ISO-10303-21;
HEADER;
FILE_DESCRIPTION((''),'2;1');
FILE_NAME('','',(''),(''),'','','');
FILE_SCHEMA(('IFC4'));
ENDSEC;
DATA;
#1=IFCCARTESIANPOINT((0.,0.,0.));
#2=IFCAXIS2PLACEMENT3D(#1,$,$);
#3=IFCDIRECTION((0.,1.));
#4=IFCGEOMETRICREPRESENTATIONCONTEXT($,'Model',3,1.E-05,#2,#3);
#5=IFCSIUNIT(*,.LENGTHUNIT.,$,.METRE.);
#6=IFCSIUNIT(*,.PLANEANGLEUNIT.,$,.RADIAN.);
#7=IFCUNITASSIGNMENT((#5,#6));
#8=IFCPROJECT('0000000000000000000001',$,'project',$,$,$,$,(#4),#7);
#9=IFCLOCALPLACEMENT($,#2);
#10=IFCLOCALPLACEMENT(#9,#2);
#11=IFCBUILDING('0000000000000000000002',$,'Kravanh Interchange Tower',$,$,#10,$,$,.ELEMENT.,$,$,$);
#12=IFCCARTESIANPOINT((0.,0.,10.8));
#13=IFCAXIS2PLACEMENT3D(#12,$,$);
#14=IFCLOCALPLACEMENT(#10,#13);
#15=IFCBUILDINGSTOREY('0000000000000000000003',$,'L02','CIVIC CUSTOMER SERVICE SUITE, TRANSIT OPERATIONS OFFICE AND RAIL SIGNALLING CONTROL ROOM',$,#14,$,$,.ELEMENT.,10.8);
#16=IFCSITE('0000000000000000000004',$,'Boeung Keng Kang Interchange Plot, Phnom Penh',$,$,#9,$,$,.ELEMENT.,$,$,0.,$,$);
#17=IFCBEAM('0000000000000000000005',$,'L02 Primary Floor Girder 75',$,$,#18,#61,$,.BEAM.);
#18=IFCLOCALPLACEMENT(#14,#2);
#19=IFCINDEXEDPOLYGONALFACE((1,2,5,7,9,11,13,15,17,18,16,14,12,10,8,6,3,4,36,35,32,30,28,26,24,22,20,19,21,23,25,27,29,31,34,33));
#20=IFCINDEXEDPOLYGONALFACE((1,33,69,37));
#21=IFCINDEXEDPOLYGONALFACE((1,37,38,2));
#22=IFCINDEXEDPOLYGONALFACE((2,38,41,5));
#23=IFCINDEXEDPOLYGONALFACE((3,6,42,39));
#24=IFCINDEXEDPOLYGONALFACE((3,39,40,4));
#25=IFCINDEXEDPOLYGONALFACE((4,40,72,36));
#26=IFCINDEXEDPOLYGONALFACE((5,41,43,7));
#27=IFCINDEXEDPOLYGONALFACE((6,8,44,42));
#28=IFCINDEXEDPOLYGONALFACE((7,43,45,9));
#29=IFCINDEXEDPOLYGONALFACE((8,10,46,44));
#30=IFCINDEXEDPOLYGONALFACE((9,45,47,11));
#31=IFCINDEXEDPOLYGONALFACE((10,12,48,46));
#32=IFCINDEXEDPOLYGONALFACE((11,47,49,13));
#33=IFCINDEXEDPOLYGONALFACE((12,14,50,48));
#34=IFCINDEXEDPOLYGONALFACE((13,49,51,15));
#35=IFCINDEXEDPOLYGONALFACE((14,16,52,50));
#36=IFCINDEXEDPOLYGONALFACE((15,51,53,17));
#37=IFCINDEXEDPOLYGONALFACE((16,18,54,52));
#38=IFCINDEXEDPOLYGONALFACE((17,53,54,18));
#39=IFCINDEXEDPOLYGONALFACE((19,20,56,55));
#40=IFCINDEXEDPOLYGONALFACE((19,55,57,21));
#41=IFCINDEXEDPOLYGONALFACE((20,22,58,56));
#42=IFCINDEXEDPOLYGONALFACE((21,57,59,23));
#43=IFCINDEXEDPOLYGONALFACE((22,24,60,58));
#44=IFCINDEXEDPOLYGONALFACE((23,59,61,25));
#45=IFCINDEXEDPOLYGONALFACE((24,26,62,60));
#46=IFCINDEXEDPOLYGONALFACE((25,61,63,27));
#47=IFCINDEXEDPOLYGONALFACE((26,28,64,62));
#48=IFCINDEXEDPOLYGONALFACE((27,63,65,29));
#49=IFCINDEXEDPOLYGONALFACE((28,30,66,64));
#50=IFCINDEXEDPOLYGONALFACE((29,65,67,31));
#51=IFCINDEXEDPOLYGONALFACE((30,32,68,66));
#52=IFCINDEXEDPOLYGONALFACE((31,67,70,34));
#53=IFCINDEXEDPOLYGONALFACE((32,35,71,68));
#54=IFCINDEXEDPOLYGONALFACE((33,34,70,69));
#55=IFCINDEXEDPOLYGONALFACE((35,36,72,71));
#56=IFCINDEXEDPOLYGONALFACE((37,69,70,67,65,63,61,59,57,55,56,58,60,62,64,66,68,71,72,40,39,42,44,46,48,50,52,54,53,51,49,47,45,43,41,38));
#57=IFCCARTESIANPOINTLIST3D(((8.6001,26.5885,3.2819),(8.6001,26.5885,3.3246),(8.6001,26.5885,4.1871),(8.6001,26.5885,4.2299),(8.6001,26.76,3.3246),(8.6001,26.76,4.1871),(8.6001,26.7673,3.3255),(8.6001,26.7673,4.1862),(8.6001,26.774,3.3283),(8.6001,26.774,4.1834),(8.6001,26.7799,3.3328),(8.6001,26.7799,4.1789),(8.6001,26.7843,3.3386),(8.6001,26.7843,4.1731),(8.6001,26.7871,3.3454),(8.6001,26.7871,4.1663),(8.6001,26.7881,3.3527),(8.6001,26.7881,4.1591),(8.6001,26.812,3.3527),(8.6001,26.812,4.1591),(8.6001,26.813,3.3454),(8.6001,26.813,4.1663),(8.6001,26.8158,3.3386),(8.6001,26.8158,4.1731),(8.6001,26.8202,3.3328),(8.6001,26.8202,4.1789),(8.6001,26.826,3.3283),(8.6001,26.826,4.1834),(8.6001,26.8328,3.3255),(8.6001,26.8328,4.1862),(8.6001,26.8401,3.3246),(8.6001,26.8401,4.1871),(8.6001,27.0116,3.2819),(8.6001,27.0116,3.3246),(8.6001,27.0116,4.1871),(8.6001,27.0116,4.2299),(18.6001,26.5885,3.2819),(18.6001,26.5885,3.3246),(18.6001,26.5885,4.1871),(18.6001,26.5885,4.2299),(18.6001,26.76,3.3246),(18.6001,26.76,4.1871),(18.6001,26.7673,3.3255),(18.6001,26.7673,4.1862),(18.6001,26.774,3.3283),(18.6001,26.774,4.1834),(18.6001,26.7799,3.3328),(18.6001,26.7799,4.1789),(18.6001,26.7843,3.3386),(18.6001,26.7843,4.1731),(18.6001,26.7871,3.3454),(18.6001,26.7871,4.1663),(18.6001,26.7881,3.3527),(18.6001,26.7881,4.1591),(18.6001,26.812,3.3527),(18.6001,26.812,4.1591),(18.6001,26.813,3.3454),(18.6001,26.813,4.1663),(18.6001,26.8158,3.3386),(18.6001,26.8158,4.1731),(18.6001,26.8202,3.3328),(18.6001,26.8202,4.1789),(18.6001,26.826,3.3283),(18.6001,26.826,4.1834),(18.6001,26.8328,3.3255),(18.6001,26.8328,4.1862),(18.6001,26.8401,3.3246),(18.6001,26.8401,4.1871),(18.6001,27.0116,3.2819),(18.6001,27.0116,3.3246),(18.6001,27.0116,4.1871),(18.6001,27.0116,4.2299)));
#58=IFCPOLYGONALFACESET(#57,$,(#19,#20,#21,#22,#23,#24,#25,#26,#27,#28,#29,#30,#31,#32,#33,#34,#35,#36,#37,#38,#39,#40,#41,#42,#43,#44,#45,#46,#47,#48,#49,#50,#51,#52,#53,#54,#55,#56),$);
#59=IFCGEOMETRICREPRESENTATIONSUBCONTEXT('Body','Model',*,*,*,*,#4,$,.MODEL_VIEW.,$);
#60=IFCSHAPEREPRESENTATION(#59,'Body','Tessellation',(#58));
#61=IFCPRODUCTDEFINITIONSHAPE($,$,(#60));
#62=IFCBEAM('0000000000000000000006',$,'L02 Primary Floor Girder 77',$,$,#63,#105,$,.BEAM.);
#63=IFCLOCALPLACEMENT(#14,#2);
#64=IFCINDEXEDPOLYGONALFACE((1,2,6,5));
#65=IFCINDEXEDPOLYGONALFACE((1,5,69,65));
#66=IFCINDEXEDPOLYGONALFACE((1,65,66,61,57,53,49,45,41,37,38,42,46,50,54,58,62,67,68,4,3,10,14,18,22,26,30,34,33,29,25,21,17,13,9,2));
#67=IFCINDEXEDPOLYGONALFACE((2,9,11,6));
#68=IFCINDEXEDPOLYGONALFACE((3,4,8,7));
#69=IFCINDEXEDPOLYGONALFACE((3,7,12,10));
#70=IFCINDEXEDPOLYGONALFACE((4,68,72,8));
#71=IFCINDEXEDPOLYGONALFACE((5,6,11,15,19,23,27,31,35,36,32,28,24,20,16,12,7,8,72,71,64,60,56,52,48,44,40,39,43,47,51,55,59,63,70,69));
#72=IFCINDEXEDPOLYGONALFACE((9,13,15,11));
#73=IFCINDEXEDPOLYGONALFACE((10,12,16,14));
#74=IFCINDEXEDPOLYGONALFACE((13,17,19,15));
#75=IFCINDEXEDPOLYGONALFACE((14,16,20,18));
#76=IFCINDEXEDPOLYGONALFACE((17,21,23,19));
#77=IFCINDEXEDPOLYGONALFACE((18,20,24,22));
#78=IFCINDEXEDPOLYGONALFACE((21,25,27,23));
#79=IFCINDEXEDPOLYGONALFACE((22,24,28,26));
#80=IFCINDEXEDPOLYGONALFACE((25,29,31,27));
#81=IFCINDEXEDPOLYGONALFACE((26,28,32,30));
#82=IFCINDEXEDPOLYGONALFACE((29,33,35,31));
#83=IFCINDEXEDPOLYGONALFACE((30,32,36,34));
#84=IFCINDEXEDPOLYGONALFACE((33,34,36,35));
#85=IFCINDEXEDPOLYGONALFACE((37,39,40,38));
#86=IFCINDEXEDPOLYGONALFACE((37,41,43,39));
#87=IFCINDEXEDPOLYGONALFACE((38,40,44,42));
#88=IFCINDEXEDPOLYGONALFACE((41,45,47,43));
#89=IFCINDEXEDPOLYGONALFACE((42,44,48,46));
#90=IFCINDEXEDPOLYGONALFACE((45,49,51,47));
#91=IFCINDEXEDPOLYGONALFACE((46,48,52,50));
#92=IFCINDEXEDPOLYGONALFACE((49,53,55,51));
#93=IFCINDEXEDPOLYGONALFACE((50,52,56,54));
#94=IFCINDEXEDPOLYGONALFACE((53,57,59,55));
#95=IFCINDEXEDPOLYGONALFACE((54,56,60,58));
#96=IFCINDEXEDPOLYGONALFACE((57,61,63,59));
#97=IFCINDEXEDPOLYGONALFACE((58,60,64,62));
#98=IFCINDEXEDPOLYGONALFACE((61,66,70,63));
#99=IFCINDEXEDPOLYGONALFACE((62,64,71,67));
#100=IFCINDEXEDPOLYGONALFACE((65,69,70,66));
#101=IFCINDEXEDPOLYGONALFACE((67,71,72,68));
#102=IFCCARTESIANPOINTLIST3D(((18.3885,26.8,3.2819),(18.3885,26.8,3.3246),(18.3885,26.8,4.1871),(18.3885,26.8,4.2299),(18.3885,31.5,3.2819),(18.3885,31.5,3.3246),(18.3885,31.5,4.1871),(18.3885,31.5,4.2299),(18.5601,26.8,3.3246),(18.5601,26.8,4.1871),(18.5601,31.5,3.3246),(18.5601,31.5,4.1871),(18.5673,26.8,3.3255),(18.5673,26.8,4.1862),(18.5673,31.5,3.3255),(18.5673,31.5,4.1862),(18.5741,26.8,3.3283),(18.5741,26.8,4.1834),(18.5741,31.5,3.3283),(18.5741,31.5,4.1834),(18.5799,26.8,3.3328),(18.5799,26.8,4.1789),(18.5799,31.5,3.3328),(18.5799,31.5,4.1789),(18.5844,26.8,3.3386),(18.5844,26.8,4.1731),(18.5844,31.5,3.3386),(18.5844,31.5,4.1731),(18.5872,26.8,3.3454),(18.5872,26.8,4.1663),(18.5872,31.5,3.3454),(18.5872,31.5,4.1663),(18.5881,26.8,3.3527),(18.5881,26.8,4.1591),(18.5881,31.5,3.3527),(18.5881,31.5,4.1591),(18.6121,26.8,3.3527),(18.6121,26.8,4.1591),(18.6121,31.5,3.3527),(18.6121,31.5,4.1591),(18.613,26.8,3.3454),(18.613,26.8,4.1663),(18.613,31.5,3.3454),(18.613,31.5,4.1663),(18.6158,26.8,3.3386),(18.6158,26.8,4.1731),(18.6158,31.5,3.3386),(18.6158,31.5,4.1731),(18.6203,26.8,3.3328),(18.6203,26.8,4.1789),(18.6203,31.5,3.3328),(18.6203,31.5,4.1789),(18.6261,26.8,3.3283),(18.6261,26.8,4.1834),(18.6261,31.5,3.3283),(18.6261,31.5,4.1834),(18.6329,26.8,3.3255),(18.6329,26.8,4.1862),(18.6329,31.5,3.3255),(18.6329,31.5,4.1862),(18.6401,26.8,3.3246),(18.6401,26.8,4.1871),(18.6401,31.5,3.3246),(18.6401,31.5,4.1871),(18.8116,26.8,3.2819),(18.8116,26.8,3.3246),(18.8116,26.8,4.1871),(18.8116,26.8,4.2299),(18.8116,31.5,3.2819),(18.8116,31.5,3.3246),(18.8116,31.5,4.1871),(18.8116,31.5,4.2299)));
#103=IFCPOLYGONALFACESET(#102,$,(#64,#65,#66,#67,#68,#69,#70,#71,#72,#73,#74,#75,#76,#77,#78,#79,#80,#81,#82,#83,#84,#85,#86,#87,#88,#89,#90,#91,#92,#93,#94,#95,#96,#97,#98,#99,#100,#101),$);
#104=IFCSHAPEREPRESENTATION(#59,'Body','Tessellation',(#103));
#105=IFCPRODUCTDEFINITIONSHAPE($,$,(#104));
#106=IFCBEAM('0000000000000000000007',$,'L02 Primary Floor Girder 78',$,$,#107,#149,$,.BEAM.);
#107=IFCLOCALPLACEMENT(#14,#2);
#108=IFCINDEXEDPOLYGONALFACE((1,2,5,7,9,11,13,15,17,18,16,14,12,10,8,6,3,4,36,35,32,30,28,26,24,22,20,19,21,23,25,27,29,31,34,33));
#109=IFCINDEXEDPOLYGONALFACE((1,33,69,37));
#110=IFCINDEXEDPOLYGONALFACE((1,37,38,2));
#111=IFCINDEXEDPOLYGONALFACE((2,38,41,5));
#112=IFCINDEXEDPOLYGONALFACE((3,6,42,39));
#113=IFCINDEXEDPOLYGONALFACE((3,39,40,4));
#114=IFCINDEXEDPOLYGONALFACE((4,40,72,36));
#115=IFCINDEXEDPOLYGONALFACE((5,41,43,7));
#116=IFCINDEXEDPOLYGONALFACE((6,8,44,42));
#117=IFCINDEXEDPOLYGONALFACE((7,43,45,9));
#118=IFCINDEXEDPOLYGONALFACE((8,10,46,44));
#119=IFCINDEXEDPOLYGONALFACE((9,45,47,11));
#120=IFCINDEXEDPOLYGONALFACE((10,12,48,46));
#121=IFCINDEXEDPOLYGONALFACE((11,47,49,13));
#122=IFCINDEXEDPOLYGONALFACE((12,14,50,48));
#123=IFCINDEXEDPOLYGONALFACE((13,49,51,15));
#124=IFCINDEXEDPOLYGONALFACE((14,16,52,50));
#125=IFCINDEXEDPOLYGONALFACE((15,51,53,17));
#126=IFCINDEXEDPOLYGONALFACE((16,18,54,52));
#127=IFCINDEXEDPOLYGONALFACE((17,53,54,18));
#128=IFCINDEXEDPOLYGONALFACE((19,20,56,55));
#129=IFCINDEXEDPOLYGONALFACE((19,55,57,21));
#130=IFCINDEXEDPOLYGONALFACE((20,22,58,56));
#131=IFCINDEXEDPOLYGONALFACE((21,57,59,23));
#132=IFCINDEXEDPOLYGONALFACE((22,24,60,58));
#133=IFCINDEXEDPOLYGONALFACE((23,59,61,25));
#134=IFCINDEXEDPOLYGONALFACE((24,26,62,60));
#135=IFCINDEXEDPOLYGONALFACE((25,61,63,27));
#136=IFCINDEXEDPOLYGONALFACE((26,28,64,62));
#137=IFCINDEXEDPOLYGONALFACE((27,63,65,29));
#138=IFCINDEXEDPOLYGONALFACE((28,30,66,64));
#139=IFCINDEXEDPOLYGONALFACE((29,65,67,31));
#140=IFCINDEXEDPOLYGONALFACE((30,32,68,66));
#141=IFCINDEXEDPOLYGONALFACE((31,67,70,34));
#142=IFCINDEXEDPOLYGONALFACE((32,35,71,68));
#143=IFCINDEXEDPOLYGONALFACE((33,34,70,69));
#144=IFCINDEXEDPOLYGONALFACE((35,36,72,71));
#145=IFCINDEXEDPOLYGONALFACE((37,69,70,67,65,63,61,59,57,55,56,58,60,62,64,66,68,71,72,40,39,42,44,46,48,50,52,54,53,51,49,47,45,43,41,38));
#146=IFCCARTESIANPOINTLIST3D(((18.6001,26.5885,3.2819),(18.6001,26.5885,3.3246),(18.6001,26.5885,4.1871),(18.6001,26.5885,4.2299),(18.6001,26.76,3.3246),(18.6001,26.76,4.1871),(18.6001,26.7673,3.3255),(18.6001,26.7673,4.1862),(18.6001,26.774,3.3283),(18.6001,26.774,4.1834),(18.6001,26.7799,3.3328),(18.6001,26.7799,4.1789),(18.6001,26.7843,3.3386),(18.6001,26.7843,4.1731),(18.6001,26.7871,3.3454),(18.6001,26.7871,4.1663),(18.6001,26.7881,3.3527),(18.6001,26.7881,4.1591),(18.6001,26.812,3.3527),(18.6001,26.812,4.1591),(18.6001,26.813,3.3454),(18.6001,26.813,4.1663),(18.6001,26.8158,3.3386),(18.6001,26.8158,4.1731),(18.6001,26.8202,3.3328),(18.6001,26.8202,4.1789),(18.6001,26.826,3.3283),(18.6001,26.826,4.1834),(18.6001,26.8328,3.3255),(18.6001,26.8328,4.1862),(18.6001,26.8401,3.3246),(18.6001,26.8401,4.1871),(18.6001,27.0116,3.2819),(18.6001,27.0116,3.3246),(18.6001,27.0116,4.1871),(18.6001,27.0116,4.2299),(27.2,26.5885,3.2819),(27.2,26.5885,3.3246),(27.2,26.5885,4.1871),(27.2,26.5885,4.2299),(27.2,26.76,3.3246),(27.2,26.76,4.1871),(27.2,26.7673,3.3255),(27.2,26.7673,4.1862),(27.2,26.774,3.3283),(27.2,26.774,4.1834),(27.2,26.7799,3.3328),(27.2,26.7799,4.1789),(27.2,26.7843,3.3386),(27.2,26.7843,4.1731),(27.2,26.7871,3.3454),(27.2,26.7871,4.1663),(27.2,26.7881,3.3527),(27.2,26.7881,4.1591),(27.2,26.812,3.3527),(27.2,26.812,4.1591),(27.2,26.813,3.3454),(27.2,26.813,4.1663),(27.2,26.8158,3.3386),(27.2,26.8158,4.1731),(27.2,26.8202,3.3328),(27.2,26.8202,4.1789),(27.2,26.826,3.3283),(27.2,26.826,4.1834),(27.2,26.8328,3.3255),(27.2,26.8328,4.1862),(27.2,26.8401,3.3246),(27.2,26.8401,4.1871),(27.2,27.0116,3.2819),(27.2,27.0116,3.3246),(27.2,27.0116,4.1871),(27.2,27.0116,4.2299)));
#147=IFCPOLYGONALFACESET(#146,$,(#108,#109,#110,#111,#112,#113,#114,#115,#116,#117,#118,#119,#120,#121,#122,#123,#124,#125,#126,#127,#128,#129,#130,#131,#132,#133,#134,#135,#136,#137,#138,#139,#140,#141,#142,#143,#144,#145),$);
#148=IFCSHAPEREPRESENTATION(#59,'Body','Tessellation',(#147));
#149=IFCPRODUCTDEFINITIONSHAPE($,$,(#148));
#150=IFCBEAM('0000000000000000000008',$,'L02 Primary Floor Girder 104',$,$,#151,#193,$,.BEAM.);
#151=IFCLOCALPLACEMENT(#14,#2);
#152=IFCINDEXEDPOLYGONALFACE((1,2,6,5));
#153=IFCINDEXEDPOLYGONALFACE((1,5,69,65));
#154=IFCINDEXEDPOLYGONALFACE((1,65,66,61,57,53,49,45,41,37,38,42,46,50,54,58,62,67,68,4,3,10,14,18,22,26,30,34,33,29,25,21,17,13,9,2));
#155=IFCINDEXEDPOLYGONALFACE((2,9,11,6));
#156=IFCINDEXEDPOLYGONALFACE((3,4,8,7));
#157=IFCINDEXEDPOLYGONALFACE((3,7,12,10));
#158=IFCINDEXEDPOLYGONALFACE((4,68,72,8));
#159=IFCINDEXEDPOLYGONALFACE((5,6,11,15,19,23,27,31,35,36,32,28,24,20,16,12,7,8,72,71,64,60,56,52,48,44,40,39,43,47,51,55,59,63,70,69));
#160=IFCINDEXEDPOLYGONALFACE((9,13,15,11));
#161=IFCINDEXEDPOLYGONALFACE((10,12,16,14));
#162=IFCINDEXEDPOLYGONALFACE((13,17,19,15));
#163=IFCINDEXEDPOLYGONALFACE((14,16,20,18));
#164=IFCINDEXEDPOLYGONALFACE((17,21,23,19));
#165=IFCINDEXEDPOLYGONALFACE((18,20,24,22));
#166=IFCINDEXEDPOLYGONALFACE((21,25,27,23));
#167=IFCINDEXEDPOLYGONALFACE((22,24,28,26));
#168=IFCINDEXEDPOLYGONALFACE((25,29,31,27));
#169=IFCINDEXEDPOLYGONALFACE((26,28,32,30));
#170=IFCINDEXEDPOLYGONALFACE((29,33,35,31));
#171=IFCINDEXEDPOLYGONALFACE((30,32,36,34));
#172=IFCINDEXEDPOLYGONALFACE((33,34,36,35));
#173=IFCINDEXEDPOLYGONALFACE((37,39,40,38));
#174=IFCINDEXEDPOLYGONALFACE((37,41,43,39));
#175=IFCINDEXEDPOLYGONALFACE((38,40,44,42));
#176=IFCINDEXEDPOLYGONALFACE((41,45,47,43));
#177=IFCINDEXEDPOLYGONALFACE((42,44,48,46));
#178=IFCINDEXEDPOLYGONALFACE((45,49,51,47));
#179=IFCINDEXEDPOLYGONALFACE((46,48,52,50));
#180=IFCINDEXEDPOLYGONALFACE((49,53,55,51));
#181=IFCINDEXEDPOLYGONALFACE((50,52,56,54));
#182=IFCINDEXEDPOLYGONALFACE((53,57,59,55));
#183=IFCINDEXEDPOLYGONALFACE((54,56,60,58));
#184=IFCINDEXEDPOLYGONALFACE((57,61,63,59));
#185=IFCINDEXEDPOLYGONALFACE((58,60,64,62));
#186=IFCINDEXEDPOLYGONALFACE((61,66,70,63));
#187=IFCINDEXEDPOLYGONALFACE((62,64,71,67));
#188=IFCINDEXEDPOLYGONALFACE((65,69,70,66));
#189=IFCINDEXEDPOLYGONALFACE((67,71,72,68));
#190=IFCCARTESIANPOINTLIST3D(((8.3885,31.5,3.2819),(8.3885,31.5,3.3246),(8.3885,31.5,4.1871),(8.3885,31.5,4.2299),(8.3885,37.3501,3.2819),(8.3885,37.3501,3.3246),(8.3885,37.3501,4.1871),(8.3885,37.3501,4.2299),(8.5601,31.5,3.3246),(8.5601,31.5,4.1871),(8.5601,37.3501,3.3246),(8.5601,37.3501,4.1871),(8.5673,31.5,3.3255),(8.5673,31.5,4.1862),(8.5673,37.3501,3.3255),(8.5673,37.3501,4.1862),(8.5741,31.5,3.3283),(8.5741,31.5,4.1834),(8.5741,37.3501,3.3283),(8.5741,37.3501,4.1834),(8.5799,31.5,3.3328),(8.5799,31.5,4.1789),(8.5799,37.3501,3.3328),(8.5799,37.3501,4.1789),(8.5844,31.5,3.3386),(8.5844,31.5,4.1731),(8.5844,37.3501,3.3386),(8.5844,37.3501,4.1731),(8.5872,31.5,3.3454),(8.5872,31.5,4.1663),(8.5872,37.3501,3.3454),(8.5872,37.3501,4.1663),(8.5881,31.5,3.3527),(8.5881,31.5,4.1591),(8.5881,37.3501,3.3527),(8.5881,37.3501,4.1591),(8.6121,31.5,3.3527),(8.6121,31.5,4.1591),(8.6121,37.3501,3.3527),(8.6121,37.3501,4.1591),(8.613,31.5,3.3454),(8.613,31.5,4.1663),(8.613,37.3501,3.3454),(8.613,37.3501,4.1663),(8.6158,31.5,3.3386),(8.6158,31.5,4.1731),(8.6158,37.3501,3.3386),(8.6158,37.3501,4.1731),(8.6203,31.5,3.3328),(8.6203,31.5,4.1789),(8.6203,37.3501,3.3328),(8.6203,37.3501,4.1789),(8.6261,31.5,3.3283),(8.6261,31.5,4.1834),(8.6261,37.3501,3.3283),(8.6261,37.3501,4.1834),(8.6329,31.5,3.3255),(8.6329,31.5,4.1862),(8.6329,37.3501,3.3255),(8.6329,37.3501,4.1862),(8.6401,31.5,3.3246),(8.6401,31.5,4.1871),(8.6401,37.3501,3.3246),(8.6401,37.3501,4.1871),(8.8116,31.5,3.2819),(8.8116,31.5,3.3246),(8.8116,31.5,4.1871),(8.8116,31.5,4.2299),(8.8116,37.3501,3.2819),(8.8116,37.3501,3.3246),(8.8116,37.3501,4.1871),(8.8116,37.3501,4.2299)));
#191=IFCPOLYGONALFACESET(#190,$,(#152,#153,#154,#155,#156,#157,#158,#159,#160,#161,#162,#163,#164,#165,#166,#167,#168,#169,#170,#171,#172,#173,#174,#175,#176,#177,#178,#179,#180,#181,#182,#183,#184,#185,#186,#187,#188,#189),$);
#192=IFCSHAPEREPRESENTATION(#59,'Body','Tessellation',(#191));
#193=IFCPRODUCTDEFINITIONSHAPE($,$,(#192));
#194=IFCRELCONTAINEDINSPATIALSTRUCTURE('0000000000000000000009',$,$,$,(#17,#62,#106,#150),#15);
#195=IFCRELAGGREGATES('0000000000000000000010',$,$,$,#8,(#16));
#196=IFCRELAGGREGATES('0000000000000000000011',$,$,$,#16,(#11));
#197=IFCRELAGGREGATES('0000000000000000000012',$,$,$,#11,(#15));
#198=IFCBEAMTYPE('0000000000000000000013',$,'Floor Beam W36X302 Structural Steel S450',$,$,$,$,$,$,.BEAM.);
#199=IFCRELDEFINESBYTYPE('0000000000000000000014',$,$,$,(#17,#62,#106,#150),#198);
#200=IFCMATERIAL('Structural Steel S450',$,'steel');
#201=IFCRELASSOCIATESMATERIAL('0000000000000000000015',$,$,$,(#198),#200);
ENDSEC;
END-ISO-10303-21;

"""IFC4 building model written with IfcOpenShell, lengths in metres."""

from ifc_helpers import new_model, si_unit, direction, frame, origin, origin_2d, place, context, subcontext, project, spatial, i_section, extrude, material, material_profile, profile_set, type_object, element, save


model = new_model("IFC4")

# Units and contexts
model_context = context("Model", 3, precision=1e-05, world=origin(), true_north=direction((0.0, 1.0)))
body_context = subcontext(model_context, "Body", "Model", "MODEL_VIEW")
ifc_project = project(units=[si_unit("LENGTHUNIT", "METRE"), si_unit("PLANEANGLEUNIT", "RADIAN")], contexts=[model_context])

# Site, building, storey
site_placement = place(None, origin())
site = spatial("IfcSite", under=ifc_project, at=site_placement, Name="Boeung Keng Kang Interchange Plot, Phnom Penh", CompositionType="ELEMENT", RefElevation=0.0)
building_placement = place(site_placement, origin())
building = spatial("IfcBuilding", under=site, at=building_placement, Name="Kravanh Interchange Tower", CompositionType="ELEMENT")
storey_placement = place(building_placement, frame((0.0, 0.0, 10.8)))
storey = spatial("IfcBuildingStorey", under=building, at=storey_placement, Name="L02", Description="CIVIC CUSTOMER SERVICE SUITE, TRANSIT OPERATIONS OFFICE AND RAIL SIGNALLING CONTROL ROOM", CompositionType="ELEMENT", Elevation=10.8)

# Beams
ifc_material_1 = material(Name="Structural Steel S450", Category="steel")
ifc_material_profile_1 = material_profile(ifc_material_1, i_section(OverallWidth=0.4231, OverallDepth=0.948, WebThickness=0.0239, FlangeThickness=0.0427, FilletRadius=0.0281, at=origin_2d()), Name="W36X302")
ifc_profile_set_1 = profile_set([ifc_material_profile_1], Name="Structural Steel S450")
beam_type_1 = type_object("IfcBeamType", Name="Floor Beam W36X302 Structural Steel S450", PredefinedType="BEAM", material=ifc_profile_set_1)
beam_1_placement = place(storey_placement, frame((8.6001, 26.8, 3.7559), z_axis=(1.0, 0.0, 0.0), x_axis=(0.0, 1.0, 0.0)))
element("IfcBeam", 1, at=beam_1_placement, inside=storey, type_object=beam_type_1, Name="L02 Primary Floor Girder 75", PredefinedType="BEAM", context=body_context, shape_type="SweptSolid", body=[
    extrude(i_section(OverallWidth=0.4231, OverallDepth=0.948, WebThickness=0.0239, FlangeThickness=0.0427, FilletRadius=0.0281, at=origin_2d()), origin(), (0.0, 0.0, 1.0), 10.0),
])
beam_2_placement = place(storey_placement, frame((18.6001, 26.8, 3.7559), z_axis=(0.0, 1.0, 0.0), x_axis=(-1.0, 0.0, 0.0)))
element("IfcBeam", 2, at=beam_2_placement, inside=storey, type_object=beam_type_1, Name="L02 Primary Floor Girder 77", PredefinedType="BEAM", context=body_context, shape_type="SweptSolid", body=[
    extrude(i_section(OverallWidth=0.4231, OverallDepth=0.948, WebThickness=0.0239, FlangeThickness=0.0427, FilletRadius=0.0281, at=origin_2d()), origin(), (0.0, 0.0, 1.0), 4.7),
])
beam_3_placement = place(storey_placement, frame((18.6001, 26.8, 3.7559), z_axis=(1.0, 0.0, 0.0), x_axis=(0.0, 1.0, 0.0)))
element("IfcBeam", 3, at=beam_3_placement, inside=storey, type_object=beam_type_1, Name="L02 Primary Floor Girder 78", PredefinedType="BEAM", context=body_context, shape_type="SweptSolid", body=[
    extrude(i_section(OverallWidth=0.4231, OverallDepth=0.948, WebThickness=0.0239, FlangeThickness=0.0427, FilletRadius=0.0281, at=origin_2d()), origin(), (0.0, 0.0, 1.0), 8.5999),
])
beam_4_placement = place(storey_placement, frame((8.6001, 31.5, 3.7559), z_axis=(0.0, 1.0, 0.0), x_axis=(-1.0, 0.0, 0.0)))
element("IfcBeam", 4, at=beam_4_placement, inside=storey, type_object=beam_type_1, Name="L02 Primary Floor Girder 104", PredefinedType="BEAM", context=body_context, shape_type="SweptSolid", body=[
    extrude(i_section(OverallWidth=0.4231, OverallDepth=0.948, WebThickness=0.0239, FlangeThickness=0.0427, FilletRadius=0.0281, at=origin_2d()), origin(), (0.0, 0.0, 1.0), 5.8501),
])

save(model, "model.ifc")
